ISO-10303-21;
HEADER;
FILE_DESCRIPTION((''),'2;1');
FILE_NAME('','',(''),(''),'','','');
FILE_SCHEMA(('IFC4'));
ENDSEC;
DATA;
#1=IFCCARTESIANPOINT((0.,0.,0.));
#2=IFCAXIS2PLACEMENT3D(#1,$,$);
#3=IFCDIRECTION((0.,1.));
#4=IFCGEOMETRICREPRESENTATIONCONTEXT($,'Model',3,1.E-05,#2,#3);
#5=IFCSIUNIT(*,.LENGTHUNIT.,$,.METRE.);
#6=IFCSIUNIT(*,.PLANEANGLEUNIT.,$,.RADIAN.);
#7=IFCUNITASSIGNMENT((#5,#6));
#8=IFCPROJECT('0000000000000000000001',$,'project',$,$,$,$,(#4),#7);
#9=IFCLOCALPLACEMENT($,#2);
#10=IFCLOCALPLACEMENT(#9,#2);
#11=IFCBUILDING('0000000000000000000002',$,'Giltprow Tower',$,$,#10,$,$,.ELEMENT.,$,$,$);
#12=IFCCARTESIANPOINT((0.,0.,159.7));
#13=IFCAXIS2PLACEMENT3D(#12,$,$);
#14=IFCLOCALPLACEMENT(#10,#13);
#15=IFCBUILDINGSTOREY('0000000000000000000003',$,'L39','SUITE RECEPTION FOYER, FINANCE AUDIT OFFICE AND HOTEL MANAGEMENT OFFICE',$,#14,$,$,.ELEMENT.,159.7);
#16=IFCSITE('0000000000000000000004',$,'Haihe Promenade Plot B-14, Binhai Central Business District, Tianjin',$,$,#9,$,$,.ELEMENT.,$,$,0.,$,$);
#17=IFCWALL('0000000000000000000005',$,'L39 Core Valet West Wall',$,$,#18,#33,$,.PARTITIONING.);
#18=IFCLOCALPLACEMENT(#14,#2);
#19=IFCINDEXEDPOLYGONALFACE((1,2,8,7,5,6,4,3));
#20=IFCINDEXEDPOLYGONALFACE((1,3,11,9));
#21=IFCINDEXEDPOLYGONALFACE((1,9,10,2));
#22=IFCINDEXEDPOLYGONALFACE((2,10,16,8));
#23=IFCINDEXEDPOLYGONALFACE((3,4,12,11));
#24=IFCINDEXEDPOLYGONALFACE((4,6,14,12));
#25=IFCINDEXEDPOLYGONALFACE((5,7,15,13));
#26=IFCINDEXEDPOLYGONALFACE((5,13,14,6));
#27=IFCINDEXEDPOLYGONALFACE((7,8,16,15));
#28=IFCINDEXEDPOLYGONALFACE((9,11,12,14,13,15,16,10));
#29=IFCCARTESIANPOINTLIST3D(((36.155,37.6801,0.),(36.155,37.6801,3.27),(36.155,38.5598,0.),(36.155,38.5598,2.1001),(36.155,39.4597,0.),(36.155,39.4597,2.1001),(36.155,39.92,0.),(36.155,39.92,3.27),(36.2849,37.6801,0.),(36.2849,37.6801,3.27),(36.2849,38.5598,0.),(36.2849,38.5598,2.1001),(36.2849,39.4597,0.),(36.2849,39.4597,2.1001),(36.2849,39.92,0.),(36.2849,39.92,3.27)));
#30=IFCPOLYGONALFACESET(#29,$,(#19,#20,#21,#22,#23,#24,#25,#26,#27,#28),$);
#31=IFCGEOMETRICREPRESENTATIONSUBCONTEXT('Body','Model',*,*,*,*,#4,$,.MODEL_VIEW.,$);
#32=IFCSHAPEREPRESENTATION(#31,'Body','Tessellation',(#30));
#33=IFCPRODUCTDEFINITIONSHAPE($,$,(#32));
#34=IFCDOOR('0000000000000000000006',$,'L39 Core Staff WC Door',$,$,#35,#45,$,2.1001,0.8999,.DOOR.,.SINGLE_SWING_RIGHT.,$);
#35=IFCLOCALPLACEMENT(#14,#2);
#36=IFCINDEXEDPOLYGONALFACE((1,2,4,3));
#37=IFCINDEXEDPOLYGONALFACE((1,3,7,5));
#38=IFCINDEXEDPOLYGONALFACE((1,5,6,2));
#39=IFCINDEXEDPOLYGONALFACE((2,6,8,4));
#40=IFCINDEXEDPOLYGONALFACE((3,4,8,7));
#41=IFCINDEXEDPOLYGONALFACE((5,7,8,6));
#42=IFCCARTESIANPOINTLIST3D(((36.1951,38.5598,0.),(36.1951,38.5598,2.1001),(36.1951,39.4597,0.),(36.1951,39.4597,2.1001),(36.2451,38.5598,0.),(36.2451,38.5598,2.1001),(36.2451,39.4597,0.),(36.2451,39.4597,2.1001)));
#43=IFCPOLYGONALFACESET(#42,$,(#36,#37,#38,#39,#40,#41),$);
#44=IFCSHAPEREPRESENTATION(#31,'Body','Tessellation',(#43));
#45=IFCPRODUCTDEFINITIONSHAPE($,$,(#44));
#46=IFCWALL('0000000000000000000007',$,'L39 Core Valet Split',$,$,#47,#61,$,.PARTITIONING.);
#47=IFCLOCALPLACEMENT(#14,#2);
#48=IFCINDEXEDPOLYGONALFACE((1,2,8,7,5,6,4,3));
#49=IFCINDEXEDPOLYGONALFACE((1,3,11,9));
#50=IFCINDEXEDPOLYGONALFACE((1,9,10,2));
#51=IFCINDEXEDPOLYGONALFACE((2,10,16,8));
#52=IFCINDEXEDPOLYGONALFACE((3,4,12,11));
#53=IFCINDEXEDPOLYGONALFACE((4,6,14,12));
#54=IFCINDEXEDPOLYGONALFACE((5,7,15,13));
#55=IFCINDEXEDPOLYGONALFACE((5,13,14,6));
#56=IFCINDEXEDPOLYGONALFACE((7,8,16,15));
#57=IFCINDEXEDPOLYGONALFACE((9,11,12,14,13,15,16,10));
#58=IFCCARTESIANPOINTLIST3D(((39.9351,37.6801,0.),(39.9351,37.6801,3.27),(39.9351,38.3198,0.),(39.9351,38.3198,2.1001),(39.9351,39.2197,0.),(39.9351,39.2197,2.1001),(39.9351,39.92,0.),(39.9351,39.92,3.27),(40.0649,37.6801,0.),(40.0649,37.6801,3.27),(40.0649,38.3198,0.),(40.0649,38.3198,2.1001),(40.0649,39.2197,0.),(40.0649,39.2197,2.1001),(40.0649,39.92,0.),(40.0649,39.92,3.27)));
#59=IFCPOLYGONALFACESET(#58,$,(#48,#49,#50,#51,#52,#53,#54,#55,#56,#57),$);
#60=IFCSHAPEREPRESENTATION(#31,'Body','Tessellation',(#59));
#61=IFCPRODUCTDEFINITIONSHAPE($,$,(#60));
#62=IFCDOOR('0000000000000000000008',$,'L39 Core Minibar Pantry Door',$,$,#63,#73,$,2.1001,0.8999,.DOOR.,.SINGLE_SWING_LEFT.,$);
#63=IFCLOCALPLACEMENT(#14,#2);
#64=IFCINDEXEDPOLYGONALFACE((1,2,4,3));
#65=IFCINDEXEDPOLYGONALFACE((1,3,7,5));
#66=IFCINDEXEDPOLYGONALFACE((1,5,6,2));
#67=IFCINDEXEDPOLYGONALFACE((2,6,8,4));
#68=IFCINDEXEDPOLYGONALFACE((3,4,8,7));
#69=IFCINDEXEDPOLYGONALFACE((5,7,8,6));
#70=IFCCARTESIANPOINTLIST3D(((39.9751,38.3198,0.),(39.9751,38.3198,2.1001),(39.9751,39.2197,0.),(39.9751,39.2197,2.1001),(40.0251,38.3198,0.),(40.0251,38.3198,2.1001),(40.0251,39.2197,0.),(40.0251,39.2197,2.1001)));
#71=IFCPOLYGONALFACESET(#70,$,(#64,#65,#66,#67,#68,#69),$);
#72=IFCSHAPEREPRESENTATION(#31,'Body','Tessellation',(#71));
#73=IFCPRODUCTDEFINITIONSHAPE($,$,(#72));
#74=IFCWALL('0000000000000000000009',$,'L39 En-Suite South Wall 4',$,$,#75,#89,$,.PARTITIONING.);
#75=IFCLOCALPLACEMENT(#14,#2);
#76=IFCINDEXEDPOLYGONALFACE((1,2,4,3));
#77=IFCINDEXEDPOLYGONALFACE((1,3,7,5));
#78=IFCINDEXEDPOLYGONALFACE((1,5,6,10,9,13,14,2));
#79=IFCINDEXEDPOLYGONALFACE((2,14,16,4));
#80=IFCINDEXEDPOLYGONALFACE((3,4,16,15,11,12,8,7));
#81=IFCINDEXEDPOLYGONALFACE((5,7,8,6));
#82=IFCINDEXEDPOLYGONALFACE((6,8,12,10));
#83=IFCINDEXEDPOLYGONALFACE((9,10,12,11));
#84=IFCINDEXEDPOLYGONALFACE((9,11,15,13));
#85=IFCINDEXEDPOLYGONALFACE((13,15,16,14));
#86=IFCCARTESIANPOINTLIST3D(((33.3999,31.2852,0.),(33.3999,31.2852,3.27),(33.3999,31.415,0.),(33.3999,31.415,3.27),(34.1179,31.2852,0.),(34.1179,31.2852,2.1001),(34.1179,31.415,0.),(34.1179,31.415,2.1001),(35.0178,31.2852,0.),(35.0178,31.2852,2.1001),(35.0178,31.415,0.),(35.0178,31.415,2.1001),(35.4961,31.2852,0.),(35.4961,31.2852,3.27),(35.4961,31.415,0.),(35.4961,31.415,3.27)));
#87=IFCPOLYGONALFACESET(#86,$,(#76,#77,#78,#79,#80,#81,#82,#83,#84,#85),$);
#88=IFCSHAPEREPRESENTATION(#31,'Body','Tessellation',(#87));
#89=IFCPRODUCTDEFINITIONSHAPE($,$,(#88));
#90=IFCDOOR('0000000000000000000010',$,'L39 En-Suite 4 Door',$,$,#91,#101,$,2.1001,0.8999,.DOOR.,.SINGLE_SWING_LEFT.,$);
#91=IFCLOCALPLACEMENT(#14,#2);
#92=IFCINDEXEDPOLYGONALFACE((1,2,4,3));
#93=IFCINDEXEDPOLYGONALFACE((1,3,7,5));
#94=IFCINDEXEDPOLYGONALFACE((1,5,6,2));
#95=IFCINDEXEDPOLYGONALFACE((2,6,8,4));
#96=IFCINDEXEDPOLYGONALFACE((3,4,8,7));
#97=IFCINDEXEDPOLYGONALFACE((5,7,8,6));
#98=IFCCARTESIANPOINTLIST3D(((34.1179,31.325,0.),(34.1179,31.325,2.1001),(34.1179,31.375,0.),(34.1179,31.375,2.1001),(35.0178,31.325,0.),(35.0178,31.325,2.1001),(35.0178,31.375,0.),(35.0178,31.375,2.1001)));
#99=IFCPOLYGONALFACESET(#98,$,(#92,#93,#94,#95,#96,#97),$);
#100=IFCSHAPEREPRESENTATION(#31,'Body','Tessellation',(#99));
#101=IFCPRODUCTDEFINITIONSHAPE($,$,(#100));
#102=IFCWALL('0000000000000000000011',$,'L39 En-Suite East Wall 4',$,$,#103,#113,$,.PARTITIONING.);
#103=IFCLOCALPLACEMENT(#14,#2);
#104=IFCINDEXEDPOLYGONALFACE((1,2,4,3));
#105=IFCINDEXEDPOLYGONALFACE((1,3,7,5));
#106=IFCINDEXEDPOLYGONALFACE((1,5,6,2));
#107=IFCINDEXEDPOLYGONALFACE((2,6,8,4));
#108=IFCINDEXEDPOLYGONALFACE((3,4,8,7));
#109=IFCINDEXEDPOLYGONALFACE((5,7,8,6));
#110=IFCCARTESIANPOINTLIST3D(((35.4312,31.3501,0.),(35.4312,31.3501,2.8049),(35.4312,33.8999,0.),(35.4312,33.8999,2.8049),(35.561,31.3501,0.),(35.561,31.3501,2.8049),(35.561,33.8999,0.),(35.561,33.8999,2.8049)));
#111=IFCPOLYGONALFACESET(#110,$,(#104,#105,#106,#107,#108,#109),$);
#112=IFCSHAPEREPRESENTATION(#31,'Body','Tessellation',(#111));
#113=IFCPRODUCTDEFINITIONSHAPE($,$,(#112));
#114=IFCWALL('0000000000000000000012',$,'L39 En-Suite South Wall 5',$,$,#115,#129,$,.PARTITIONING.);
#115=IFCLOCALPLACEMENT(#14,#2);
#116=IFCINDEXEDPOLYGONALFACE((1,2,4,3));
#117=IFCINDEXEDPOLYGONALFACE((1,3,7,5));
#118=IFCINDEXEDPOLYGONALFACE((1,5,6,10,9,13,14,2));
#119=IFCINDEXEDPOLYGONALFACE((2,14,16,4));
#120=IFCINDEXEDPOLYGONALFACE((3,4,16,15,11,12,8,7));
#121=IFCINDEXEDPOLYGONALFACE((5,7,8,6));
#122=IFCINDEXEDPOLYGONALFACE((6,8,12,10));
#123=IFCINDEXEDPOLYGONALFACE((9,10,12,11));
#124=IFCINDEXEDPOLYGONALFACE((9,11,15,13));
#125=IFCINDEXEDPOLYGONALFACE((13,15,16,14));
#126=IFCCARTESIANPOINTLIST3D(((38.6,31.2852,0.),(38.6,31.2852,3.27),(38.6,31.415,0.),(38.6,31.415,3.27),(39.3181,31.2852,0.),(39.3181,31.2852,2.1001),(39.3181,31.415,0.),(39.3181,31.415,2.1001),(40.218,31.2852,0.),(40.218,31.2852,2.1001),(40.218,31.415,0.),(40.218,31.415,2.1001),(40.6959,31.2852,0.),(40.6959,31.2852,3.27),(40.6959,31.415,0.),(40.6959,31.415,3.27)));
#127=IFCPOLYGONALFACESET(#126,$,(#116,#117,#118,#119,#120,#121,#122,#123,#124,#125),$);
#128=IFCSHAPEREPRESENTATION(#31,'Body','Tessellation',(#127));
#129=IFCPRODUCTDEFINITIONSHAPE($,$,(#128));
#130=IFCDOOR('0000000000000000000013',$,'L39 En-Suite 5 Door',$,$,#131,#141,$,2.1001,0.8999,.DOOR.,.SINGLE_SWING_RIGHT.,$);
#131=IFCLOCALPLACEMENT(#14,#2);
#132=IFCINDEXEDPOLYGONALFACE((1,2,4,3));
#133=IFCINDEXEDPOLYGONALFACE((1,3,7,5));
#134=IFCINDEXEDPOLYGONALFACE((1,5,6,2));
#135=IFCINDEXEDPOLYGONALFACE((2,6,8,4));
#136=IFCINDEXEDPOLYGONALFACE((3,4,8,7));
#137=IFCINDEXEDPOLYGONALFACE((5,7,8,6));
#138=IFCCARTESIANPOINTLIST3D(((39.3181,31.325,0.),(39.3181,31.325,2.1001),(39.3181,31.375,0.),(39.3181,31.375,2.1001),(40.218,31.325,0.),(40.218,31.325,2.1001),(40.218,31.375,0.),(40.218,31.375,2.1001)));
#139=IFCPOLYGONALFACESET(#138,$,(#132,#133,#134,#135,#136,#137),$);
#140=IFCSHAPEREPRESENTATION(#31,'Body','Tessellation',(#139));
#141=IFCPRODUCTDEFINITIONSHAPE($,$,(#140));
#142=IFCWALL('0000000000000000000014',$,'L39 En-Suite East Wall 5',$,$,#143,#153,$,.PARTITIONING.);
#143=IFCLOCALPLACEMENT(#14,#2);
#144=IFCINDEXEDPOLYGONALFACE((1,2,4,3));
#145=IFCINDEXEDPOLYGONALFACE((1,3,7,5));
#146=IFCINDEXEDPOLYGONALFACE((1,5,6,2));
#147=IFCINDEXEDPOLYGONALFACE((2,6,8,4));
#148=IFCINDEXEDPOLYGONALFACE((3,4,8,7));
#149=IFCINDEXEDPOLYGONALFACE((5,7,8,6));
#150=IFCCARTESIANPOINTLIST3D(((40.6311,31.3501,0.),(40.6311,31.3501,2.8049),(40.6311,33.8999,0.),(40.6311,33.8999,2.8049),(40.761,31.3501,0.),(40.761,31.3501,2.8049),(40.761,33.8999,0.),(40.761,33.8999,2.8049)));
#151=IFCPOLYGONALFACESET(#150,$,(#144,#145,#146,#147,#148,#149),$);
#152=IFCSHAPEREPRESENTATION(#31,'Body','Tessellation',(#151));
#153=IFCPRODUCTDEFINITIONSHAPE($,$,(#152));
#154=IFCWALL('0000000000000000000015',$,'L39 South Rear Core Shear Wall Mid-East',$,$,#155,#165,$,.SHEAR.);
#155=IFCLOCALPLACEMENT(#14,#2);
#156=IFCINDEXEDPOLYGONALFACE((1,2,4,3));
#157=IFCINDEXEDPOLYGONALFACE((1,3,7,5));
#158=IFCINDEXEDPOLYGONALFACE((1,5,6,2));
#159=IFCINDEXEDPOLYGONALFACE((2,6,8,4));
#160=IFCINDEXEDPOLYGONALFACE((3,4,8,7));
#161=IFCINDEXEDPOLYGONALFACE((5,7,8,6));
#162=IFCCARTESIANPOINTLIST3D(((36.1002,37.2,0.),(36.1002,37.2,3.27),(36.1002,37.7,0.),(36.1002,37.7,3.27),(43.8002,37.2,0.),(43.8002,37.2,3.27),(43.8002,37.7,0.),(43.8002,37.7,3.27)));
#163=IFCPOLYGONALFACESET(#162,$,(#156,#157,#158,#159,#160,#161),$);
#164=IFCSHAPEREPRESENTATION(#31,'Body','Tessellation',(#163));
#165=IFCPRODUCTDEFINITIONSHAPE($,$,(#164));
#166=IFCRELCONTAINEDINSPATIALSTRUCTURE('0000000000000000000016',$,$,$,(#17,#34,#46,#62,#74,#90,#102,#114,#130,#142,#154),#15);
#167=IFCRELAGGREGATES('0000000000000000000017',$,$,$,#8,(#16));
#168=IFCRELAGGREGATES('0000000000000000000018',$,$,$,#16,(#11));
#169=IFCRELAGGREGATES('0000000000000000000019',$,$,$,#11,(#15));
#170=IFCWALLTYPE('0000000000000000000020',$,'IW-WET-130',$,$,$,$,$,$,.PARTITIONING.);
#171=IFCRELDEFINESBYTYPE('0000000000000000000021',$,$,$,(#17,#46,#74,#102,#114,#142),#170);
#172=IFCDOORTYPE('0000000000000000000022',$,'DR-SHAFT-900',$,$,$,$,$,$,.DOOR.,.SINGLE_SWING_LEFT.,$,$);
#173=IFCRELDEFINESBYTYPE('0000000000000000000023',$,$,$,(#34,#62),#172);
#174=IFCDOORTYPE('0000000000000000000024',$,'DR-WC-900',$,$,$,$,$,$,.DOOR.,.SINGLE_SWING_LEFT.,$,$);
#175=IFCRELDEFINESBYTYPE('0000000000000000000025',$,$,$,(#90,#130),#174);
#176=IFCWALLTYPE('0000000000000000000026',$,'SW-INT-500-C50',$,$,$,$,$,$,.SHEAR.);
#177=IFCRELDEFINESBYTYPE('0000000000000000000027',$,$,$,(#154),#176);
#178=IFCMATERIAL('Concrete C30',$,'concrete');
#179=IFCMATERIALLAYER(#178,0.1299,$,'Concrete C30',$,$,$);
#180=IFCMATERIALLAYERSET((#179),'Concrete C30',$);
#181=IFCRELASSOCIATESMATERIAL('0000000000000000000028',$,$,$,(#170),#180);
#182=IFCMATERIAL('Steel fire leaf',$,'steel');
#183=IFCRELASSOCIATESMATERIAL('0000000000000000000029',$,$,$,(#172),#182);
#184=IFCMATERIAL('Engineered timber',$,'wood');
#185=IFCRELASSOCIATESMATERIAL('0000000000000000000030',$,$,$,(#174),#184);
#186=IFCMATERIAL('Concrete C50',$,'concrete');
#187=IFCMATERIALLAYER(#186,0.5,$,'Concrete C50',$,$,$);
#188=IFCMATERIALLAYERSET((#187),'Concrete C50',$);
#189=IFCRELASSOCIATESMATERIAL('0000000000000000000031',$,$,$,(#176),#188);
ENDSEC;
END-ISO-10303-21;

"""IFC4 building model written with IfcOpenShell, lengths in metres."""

from ifc_helpers import new_model, si_unit, direction, frame, frame_2d, origin, place, context, subcontext, project, spatial, rectangle, extrude, source, transform, mapped, material, layer, layer_set, type_object, element, fill, save


model = new_model("IFC4")

# Units and contexts
model_context = context("Model", 3, precision=1e-05, world=origin(), true_north=direction((0.0, 1.0)))
body_context = subcontext(model_context, "Body", "Model", "MODEL_VIEW")
ifc_project = project(units=[si_unit("LENGTHUNIT", "METRE"), si_unit("PLANEANGLEUNIT", "RADIAN")], contexts=[model_context])

# Site, building, storey
site_placement = place(None, origin())
site = spatial("IfcSite", under=ifc_project, at=site_placement, Name="Haihe Promenade Plot B-14, Binhai Central Business District, Tianjin", CompositionType="ELEMENT", RefElevation=0.0)
building_placement = place(site_placement, origin())
building = spatial("IfcBuilding", under=site, at=building_placement, Name="Giltprow Tower", CompositionType="ELEMENT")
storey_placement = place(building_placement, frame((0.0, 0.0, 159.7)))
storey = spatial("IfcBuildingStorey", under=building, at=storey_placement, Name="L39", Description="SUITE RECEPTION FOYER, FINANCE AUDIT OFFICE AND HOTEL MANAGEMENT OFFICE", CompositionType="ELEMENT", Elevation=159.7)

# Shared definitions
ifc_material_1 = material(Name="Concrete C50", Category="concrete")

# Walls, openings, doors
ifc_material_2 = material(Name="Concrete C30", Category="concrete")
ifc_layer_1 = layer(ifc_material_2, 0.1299, Name="Concrete C30")
ifc_layer_set_1 = layer_set([ifc_layer_1], Name="Concrete C30")
wall_type_1 = type_object("IfcWallType", Name="IW-WET-130", PredefinedType="PARTITIONING", material=ifc_layer_set_1)
ifc_material_3 = material(Name="Steel fire leaf", Category="steel")
door_type_1 = type_object("IfcDoorType", Name="DR-SHAFT-900", OperationType="SINGLE_SWING_LEFT", PredefinedType="DOOR", material=ifc_material_3)
shared_shape_1 = source(origin(), body_context, "Body", "SweptSolid", [
    extrude(rectangle(XDim=0.8999, YDim=2.1001, at=frame_2d((0.45, 1.05))), frame((0.0, 0.0249, 0.0), z_axis=(0.0, -1.0, 0.0), x_axis=(1.0, 0.0, 0.0)), (0.0, 0.0, 1.0), 0.05),
])
wall_1_placement = place(storey_placement, frame((36.22, 37.6799, 0.0), z_axis=(0.0, 0.0, 1.0), x_axis=(0.0, 1.0, 0.0)))
wall_1 = element("IfcWall", 1, at=wall_1_placement, inside=storey, type_object=wall_type_1, Name="L39 Core Valet West Wall", PredefinedType="PARTITIONING", context=body_context, shape_type="SweptSolid", body=[
    extrude(rectangle(XDim=2.24, YDim=0.1299, at=frame_2d((1.1201, 0.0))), origin(), (0.0, 0.0, 1.0), 3.27),
])
opening_1_placement = place(wall_1_placement, frame((0.8799, 0.0, 0.0)))
opening_1 = element("IfcOpeningElement", 2, at=opening_1_placement, cuts=wall_1, PredefinedType="OPENING", context=body_context, shape_type="SweptSolid", body=[
    extrude(rectangle(XDim=0.8999, YDim=2.1001, at=frame_2d((0.45, 1.05))), frame((0.0, 0.075, 0.0), z_axis=(0.0, -1.0, 0.0), x_axis=(1.0, 0.0, 0.0)), (0.0, 0.0, 1.0), 0.1499),
])
door_1_placement = place(opening_1_placement, origin())
door_1 = element("IfcDoor", 3, at=door_1_placement, inside=storey, type_object=door_type_1, Name="L39 Core Staff WC Door", OperationType="SINGLE_SWING_RIGHT", OverallHeight=2.1001, OverallWidth=0.8999, PredefinedType="DOOR", context=body_context, shape_type="MappedRepresentation", body=[
    mapped(shared_shape_1, transform((0.0, 0.0, 0.0), x_axis=(1.0, 0.0, 0.0), y_axis=(0.0, 1.0, 0.0), z_axis=(0.0, 0.0, 1.0), scale=1.0)),
])
fill(opening_1, door_1)
wall_2_placement = place(storey_placement, frame((40.0, 37.6799, 0.0), z_axis=(0.0, 0.0, 1.0), x_axis=(0.0, 1.0, 0.0)))
wall_2 = element("IfcWall", 4, at=wall_2_placement, inside=storey, type_object=wall_type_1, Name="L39 Core Valet Split", PredefinedType="PARTITIONING", context=body_context, shape_type="SweptSolid", body=[
    extrude(rectangle(XDim=2.24, YDim=0.1299, at=frame_2d((1.1201, 0.0))), origin(), (0.0, 0.0, 1.0), 3.27),
])
opening_2_placement = place(wall_2_placement, frame((0.6399, 0.0, 0.0)))
opening_2 = element("IfcOpeningElement", 5, at=opening_2_placement, cuts=wall_2, PredefinedType="OPENING", context=body_context, shape_type="SweptSolid", body=[
    extrude(rectangle(XDim=0.8999, YDim=2.1001, at=frame_2d((0.45, 1.05))), frame((0.0, 0.075, 0.0), z_axis=(0.0, -1.0, 0.0), x_axis=(1.0, 0.0, 0.0)), (0.0, 0.0, 1.0), 0.1499),
])
door_2_placement = place(opening_2_placement, origin())
door_2 = element("IfcDoor", 6, at=door_2_placement, inside=storey, type_object=door_type_1, Name="L39 Core Minibar Pantry Door", OperationType="SINGLE_SWING_LEFT", OverallHeight=2.1001, OverallWidth=0.8999, PredefinedType="DOOR", context=body_context, shape_type="MappedRepresentation", body=[
    mapped(shared_shape_1, transform((0.0, 0.0, 0.0), x_axis=(1.0, 0.0, 0.0), y_axis=(0.0, 1.0, 0.0), z_axis=(0.0, 0.0, 1.0), scale=1.0)),
])
fill(opening_2, door_2)
wall_3_placement = place(storey_placement, frame((33.3999, 31.3501, 0.0), z_axis=(0.0, 0.0, 1.0), x_axis=(1.0, 0.0, 0.0)))
wall_3 = element("IfcWall", 7, at=wall_3_placement, inside=storey, type_object=wall_type_1, Name="L39 En-Suite South Wall 4", PredefinedType="PARTITIONING", context=body_context, shape_type="SweptSolid", body=[
    extrude(rectangle(XDim=2.0962, YDim=0.1299, at=frame_2d((1.0481, 0.0))), origin(), (0.0, 0.0, 1.0), 3.27),
])
opening_3_placement = place(wall_3_placement, frame((0.718, 0.0, 0.0)))
opening_3 = element("IfcOpeningElement", 8, at=opening_3_placement, cuts=wall_3, PredefinedType="OPENING", context=body_context, shape_type="SweptSolid", body=[
    extrude(rectangle(XDim=0.8999, YDim=2.1001, at=frame_2d((0.45, 1.05))), frame((0.0, 0.075, 0.0), z_axis=(0.0, -1.0, 0.0), x_axis=(1.0, 0.0, 0.0)), (0.0, 0.0, 1.0), 0.1499),
])
ifc_material_4 = material(Name="Engineered timber", Category="wood")
door_type_2 = type_object("IfcDoorType", Name="DR-WC-900", OperationType="SINGLE_SWING_LEFT", PredefinedType="DOOR", material=ifc_material_4)
door_3_placement = place(opening_3_placement, origin())
door_3 = element("IfcDoor", 9, at=door_3_placement, inside=storey, type_object=door_type_2, Name="L39 En-Suite 4 Door", OperationType="SINGLE_SWING_LEFT", OverallHeight=2.1001, OverallWidth=0.8999, PredefinedType="DOOR", context=body_context, shape_type="MappedRepresentation", body=[
    mapped(shared_shape_1, transform((0.0, 0.0, 0.0), x_axis=(1.0, 0.0, 0.0), y_axis=(0.0, 1.0, 0.0), z_axis=(0.0, 0.0, 1.0), scale=1.0)),
])
fill(opening_3, door_3)

# Wall
wall_4_placement = place(storey_placement, frame((35.4961, 31.3501, 0.0), z_axis=(0.0, 0.0, 1.0), x_axis=(0.0, 1.0, 0.0)))
element("IfcWall", 10, at=wall_4_placement, inside=storey, type_object=wall_type_1, Name="L39 En-Suite East Wall 4", PredefinedType="PARTITIONING", context=body_context, shape_type="SweptSolid", body=[
    extrude(rectangle(XDim=2.5498, YDim=0.1299, at=frame_2d((1.2749, 0.0))), origin(), (0.0, 0.0, 1.0), 2.8049),
])

# Wall, opening, door
wall_5_placement = place(storey_placement, frame((38.6001, 31.3501, 0.0), z_axis=(0.0, 0.0, 1.0), x_axis=(1.0, 0.0, 0.0)))
wall_5 = element("IfcWall", 11, at=wall_5_placement, inside=storey, type_object=wall_type_1, Name="L39 En-Suite South Wall 5", PredefinedType="PARTITIONING", context=body_context, shape_type="SweptSolid", body=[
    extrude(rectangle(XDim=2.0959, YDim=0.1299, at=frame_2d((1.0479, 0.0))), origin(), (0.0, 0.0, 1.0), 3.27),
])
opening_4_placement = place(wall_5_placement, frame((0.718, 0.0, 0.0)))
opening_4 = element("IfcOpeningElement", 12, at=opening_4_placement, cuts=wall_5, PredefinedType="OPENING", context=body_context, shape_type="SweptSolid", body=[
    extrude(rectangle(XDim=0.8999, YDim=2.1001, at=frame_2d((0.45, 1.05))), frame((0.0, 0.075, 0.0), z_axis=(0.0, -1.0, 0.0), x_axis=(1.0, 0.0, 0.0)), (0.0, 0.0, 1.0), 0.1499),
])
door_4_placement = place(opening_4_placement, origin())
door_4 = element("IfcDoor", 13, at=door_4_placement, inside=storey, type_object=door_type_2, Name="L39 En-Suite 5 Door", OperationType="SINGLE_SWING_RIGHT", OverallHeight=2.1001, OverallWidth=0.8999, PredefinedType="DOOR", context=body_context, shape_type="MappedRepresentation", body=[
    mapped(shared_shape_1, transform((0.0, 0.0, 0.0), x_axis=(1.0, 0.0, 0.0), y_axis=(0.0, 1.0, 0.0), z_axis=(0.0, 0.0, 1.0), scale=1.0)),
])
fill(opening_4, door_4)

# Walls
wall_6_placement = place(storey_placement, frame((40.696, 31.3501, 0.0), z_axis=(0.0, 0.0, 1.0), x_axis=(0.0, 1.0, 0.0)))
element("IfcWall", 14, at=wall_6_placement, inside=storey, type_object=wall_type_1, Name="L39 En-Suite East Wall 5", PredefinedType="PARTITIONING", context=body_context, shape_type="SweptSolid", body=[
    extrude(rectangle(XDim=2.5498, YDim=0.1299, at=frame_2d((1.2749, 0.0))), origin(), (0.0, 0.0, 1.0), 2.8049),
])
ifc_layer_2 = layer(ifc_material_1, 0.5, Name="Concrete C50")
ifc_layer_set_2 = layer_set([ifc_layer_2], Name="Concrete C50")
wall_type_2 = type_object("IfcWallType", Name="SW-INT-500-C50", PredefinedType="SHEAR", material=ifc_layer_set_2)
wall_7_placement = place(storey_placement, frame((36.1001, 37.45, 0.0), z_axis=(0.0, 0.0, 1.0), x_axis=(1.0, 0.0, 0.0)))
element("IfcWall", 15, at=wall_7_placement, inside=storey, type_object=wall_type_2, Name="L39 South Rear Core Shear Wall Mid-East", PredefinedType="SHEAR", context=body_context, shape_type="SweptSolid", body=[
    extrude(rectangle(XDim=7.7, YDim=0.5, at=frame_2d((3.8501, 0.0))), origin(), (0.0, 0.0, 1.0), 3.27),
])

save(model, "model.ifc")
